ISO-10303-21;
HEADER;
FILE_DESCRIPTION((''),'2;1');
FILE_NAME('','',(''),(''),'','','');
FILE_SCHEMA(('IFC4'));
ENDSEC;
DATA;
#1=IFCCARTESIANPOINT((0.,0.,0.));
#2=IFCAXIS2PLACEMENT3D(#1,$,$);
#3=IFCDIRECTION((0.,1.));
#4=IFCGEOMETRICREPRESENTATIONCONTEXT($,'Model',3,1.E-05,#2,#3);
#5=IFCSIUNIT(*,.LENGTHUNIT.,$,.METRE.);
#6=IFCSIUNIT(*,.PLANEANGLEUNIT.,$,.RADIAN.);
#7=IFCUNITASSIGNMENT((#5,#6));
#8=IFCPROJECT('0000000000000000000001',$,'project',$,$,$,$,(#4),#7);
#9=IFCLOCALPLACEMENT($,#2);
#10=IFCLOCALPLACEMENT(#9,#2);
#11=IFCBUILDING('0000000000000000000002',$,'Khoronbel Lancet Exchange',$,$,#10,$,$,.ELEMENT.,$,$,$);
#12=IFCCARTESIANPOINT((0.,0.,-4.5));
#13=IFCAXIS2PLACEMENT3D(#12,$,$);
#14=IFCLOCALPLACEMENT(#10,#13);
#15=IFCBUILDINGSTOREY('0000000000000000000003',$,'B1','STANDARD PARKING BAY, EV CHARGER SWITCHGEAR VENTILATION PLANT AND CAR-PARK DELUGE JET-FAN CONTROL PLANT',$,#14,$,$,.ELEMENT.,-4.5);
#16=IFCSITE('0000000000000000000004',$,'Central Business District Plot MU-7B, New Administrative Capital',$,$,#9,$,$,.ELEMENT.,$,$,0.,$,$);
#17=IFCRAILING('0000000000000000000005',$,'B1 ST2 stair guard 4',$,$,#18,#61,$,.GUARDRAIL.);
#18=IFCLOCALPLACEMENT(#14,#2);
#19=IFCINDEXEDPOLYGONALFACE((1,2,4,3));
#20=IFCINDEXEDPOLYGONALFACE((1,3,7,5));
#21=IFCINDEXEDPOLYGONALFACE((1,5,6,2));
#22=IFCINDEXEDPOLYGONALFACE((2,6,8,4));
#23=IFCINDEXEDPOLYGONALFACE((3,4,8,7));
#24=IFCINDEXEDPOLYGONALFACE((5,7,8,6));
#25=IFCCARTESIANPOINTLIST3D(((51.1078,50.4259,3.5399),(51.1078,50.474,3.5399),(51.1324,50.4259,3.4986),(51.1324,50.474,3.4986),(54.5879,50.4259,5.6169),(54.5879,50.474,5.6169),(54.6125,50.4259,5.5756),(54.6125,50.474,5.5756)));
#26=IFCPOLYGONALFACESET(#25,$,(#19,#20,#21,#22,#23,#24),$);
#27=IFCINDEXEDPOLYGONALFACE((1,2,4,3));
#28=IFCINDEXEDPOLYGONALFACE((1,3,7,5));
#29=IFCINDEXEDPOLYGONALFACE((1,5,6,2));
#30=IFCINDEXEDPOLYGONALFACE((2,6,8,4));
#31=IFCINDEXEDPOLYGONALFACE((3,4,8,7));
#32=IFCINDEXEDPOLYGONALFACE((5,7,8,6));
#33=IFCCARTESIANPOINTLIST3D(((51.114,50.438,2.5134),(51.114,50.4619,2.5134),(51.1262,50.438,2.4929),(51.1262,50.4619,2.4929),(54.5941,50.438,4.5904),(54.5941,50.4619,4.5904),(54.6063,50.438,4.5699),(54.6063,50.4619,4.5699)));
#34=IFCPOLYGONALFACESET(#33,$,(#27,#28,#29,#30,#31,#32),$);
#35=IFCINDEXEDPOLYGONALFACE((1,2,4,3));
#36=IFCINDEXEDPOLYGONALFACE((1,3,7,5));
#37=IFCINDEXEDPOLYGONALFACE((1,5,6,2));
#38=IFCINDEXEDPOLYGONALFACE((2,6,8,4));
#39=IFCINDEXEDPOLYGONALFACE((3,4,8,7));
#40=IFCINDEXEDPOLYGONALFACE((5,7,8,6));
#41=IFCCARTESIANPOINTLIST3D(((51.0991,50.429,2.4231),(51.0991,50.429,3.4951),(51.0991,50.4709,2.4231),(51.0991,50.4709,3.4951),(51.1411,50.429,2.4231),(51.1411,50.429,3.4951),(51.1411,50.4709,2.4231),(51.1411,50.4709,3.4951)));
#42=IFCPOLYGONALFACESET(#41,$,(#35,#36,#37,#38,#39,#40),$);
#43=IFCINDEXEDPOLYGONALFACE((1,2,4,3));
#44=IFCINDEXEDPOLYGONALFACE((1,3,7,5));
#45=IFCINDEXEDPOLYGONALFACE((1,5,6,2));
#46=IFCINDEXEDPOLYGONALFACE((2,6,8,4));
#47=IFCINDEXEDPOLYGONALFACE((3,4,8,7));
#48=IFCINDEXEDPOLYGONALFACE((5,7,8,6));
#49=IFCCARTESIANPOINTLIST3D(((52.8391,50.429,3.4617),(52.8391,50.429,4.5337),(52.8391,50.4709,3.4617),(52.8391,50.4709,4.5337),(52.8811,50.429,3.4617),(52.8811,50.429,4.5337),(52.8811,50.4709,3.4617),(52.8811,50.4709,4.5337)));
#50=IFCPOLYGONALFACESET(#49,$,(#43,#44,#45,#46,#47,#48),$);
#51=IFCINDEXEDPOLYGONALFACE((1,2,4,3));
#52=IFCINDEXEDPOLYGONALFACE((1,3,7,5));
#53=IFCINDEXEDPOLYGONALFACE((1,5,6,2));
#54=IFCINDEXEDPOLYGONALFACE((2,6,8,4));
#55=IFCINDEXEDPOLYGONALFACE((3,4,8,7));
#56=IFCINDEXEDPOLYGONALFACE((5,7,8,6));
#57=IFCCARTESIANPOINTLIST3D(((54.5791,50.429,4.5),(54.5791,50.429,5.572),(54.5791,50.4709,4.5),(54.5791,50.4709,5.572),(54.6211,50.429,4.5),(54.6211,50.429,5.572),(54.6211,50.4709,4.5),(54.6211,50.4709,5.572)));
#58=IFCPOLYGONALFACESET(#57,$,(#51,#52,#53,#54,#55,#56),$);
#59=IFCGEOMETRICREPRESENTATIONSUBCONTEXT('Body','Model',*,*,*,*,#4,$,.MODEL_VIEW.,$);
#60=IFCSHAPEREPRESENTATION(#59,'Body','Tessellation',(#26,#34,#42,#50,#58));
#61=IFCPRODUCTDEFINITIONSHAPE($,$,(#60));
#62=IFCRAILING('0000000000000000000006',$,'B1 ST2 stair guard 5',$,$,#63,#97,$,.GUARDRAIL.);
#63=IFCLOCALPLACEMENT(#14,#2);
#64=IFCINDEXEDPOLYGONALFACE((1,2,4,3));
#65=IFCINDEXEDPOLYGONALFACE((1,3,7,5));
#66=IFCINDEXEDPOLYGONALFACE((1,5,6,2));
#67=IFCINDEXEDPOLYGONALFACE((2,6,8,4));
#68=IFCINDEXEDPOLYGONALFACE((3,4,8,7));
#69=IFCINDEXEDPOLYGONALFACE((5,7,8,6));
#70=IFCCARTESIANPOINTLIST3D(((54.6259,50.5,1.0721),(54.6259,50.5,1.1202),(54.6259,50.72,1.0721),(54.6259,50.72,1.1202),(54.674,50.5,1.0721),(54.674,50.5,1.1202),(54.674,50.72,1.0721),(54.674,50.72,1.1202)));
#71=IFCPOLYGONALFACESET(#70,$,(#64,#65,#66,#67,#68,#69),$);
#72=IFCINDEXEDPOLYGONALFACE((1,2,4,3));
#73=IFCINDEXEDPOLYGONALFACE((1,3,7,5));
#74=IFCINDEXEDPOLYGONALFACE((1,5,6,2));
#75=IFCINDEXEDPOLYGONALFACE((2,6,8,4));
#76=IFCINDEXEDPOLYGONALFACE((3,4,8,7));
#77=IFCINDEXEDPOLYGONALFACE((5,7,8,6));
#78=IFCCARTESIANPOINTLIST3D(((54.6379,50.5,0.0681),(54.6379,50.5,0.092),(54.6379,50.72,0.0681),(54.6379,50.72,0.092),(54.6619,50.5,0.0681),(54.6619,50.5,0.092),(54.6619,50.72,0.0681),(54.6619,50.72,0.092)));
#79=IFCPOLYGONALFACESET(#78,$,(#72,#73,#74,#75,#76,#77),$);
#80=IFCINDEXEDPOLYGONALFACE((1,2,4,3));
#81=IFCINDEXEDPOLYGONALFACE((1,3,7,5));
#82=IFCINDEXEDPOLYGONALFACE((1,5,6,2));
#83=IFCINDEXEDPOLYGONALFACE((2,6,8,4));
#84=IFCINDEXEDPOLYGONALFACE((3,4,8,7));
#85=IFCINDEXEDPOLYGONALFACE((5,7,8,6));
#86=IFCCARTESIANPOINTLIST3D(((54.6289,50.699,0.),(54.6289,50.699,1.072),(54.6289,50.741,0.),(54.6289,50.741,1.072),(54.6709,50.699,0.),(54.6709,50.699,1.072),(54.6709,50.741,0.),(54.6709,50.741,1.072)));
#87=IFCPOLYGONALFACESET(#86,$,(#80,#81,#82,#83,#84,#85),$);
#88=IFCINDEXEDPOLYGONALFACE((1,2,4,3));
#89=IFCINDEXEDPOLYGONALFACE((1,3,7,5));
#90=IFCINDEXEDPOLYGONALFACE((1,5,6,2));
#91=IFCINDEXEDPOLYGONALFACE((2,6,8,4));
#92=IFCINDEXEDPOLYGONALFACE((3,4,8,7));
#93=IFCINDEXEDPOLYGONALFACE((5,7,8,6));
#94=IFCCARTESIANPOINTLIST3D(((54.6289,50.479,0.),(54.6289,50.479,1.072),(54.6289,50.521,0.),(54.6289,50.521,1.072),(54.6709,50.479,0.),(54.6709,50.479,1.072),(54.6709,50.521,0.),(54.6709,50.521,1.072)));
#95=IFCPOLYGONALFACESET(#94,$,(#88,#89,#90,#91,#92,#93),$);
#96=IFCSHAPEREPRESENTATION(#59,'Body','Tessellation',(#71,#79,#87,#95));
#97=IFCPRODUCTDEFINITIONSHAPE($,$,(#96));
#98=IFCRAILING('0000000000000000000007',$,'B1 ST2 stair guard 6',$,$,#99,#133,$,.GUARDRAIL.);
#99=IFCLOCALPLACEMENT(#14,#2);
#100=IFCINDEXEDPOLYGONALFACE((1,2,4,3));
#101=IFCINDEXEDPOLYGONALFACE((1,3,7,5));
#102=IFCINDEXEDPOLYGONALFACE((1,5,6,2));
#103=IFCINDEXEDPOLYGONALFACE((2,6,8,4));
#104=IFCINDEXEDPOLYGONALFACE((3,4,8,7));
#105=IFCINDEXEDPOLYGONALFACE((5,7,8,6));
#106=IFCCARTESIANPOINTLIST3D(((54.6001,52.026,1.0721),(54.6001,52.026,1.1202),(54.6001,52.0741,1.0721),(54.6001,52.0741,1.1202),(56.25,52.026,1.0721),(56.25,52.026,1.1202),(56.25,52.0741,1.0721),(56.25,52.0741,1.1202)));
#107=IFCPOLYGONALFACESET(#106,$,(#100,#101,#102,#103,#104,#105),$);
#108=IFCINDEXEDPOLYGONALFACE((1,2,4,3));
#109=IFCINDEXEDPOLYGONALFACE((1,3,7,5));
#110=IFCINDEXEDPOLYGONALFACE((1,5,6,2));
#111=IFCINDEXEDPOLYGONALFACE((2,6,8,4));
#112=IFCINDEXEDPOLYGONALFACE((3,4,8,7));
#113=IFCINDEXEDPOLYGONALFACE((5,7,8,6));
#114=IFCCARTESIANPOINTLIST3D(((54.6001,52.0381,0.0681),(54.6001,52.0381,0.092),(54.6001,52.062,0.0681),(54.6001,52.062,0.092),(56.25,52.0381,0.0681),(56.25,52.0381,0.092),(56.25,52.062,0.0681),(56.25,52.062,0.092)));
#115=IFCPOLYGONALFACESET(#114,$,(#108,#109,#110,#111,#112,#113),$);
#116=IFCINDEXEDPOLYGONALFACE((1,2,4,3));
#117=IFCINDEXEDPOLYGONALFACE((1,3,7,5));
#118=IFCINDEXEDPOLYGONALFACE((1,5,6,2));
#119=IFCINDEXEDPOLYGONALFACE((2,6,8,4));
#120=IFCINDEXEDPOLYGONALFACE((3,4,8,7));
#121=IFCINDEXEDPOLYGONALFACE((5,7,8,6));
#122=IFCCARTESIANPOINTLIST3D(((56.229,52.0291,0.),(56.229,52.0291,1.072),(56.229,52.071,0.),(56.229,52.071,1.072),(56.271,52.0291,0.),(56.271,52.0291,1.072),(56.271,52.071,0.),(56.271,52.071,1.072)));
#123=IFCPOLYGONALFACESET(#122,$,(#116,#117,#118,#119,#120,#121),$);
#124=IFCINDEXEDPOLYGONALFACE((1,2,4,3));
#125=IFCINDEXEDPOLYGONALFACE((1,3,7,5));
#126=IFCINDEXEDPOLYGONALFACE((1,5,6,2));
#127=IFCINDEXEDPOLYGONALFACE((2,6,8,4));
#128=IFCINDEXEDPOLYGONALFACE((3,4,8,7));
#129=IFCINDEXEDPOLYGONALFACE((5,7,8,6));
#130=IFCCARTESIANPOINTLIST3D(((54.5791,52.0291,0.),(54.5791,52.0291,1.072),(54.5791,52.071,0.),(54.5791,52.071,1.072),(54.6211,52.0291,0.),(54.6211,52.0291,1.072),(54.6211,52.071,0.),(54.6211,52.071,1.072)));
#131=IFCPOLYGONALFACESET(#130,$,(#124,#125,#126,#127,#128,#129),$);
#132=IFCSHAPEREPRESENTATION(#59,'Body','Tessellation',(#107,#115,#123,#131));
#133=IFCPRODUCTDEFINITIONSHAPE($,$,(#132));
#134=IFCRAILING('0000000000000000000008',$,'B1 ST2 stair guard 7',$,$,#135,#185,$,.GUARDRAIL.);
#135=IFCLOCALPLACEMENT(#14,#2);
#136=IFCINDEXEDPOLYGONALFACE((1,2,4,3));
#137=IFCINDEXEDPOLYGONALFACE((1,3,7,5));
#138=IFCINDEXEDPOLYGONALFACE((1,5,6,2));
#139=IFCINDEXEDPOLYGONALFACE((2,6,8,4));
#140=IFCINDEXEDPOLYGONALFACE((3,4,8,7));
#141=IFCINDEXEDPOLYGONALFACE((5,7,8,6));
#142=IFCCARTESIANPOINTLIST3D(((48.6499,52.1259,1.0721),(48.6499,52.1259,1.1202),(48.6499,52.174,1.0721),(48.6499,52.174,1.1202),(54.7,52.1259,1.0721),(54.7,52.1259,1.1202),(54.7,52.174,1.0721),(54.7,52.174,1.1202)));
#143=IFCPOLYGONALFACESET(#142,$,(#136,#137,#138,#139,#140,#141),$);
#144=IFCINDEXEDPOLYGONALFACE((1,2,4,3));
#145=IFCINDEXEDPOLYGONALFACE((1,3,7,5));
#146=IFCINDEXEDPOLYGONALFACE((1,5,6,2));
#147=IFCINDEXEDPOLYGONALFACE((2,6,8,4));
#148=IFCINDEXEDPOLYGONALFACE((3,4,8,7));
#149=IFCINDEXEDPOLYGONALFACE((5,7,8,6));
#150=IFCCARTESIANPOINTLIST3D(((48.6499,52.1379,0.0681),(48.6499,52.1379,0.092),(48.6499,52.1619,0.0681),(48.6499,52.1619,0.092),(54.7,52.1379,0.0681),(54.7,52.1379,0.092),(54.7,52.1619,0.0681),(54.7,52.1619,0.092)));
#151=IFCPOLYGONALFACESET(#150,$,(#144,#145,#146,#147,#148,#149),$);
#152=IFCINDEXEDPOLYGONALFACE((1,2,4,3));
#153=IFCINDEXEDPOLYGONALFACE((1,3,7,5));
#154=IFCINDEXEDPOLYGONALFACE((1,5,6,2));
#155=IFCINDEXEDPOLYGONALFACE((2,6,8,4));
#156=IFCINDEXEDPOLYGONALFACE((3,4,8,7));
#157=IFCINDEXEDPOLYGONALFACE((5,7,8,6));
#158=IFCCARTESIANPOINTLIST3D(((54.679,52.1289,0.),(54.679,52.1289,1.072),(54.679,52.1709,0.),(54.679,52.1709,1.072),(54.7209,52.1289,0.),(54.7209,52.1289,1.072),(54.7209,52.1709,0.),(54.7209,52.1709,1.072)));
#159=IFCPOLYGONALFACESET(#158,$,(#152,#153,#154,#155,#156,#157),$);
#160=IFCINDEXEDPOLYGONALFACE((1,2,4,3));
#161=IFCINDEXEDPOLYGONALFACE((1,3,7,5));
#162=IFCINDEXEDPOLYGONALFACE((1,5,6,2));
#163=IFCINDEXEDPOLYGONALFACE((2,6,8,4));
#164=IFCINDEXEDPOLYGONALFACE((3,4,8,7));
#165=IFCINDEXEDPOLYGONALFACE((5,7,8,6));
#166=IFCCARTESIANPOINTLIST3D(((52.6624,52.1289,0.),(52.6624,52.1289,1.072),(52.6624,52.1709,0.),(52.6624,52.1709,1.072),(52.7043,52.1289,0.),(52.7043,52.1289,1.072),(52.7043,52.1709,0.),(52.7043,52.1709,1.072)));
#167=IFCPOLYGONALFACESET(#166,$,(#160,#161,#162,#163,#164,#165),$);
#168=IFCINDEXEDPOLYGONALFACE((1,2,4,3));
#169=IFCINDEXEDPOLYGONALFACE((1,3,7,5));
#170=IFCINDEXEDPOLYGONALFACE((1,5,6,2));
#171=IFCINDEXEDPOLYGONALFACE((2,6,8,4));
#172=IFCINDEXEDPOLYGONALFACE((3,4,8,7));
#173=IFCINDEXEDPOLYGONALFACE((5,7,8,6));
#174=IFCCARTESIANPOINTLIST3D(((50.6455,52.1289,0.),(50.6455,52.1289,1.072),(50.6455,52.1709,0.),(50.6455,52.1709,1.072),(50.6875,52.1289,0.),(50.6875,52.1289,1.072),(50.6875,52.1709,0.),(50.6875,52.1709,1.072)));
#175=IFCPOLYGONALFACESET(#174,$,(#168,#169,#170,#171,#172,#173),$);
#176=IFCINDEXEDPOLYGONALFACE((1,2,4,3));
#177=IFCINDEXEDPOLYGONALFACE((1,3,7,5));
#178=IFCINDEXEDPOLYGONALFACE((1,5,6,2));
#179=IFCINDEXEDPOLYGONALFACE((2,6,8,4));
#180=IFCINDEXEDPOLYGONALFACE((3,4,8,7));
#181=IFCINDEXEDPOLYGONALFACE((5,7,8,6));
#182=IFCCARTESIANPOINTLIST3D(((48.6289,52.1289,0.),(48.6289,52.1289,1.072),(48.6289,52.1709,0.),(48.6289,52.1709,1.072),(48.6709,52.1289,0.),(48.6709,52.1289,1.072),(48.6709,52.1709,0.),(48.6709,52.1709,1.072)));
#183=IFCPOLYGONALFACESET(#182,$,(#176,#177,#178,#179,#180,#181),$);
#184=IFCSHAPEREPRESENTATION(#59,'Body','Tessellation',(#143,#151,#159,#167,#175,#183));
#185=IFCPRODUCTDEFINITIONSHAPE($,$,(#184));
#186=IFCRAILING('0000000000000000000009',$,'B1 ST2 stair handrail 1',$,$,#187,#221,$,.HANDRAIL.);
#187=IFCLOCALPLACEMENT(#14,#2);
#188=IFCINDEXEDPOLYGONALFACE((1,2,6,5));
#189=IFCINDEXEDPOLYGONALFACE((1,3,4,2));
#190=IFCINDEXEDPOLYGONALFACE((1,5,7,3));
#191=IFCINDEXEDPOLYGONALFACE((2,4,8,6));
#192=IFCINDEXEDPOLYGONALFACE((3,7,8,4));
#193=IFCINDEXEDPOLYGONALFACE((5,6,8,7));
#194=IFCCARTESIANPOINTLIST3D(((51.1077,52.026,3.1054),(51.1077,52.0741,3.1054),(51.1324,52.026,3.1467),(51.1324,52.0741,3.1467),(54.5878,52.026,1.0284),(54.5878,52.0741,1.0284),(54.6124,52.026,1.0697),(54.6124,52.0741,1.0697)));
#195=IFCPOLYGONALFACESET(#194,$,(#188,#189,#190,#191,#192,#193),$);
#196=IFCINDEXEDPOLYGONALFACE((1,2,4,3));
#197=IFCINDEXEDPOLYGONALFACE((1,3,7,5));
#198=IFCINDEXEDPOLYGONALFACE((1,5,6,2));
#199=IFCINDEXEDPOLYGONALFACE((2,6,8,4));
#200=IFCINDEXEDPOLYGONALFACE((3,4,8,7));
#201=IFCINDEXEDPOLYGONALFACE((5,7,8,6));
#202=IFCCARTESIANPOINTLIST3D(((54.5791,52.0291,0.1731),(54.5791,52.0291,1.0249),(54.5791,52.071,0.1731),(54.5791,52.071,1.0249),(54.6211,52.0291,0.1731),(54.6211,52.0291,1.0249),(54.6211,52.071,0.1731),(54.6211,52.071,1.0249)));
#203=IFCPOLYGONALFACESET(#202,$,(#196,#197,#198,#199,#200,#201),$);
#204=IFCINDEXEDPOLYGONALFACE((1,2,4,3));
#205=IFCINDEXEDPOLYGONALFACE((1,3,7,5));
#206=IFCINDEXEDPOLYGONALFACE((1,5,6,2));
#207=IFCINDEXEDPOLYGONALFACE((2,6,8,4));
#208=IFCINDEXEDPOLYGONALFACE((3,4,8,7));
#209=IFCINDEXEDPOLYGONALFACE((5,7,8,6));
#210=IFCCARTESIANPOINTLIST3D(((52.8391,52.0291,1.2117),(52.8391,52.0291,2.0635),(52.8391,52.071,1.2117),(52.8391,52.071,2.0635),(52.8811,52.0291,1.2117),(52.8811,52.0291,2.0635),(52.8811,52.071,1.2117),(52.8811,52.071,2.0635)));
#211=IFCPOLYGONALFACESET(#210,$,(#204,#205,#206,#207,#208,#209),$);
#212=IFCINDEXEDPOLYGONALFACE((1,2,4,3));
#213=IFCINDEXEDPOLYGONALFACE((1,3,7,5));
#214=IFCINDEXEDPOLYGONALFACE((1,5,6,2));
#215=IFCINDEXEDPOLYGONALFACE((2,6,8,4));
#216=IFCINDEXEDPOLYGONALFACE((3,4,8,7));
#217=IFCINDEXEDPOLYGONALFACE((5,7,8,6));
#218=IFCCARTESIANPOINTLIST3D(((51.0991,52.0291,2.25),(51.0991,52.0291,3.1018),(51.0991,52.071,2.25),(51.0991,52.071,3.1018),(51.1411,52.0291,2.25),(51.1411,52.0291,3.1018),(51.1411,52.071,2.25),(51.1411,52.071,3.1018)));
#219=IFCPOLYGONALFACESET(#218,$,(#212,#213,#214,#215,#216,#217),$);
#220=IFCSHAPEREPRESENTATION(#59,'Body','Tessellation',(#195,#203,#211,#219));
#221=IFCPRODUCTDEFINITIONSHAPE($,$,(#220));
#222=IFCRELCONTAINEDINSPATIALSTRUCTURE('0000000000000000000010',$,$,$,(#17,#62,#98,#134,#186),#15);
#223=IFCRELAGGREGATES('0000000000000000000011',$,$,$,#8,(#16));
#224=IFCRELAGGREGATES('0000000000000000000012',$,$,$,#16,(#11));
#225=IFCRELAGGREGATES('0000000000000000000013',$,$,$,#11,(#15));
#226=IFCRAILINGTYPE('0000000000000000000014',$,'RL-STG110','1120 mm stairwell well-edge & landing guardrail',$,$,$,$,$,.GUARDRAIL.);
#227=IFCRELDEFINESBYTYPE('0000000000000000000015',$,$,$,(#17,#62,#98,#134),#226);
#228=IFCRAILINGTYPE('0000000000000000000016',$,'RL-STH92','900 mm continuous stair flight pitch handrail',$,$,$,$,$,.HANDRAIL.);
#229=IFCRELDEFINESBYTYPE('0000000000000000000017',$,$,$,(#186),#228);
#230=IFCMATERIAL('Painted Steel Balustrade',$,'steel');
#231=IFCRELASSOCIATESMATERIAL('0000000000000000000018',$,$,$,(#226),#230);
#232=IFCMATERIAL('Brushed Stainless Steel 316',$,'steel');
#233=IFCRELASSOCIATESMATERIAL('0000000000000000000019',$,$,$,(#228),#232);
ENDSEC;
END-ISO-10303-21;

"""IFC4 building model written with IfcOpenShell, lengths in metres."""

from ifc_helpers import new_model, si_unit, direction, frame, origin, origin_2d, place, context, subcontext, project, spatial, rectangle, extrude, material, type_object, element, save


model = new_model("IFC4")

# Units and contexts
model_context = context("Model", 3, precision=1e-05, world=origin(), true_north=direction((0.0, 1.0)))
body_context = subcontext(model_context, "Body", "Model", "MODEL_VIEW")
ifc_project = project(units=[si_unit("LENGTHUNIT", "METRE"), si_unit("PLANEANGLEUNIT", "RADIAN")], contexts=[model_context])

# Site, building, storey
site_placement = place(None, origin())
site = spatial("IfcSite", under=ifc_project, at=site_placement, Name="Central Business District Plot MU-7B, New Administrative Capital", CompositionType="ELEMENT", RefElevation=0.0)
building_placement = place(site_placement, origin())
building = spatial("IfcBuilding", under=site, at=building_placement, Name="Khoronbel Lancet Exchange", CompositionType="ELEMENT")
storey_placement = place(building_placement, frame((0.0, 0.0, -4.5)))
storey = spatial("IfcBuildingStorey", under=building, at=storey_placement, Name="B1", Description="STANDARD PARKING BAY, EV CHARGER SWITCHGEAR VENTILATION PLANT AND CAR-PARK DELUGE JET-FAN CONTROL PLANT", CompositionType="ELEMENT", Elevation=-4.5)

# Railings
ifc_material_1 = material(Name="Painted Steel Balustrade", Category="steel")
railing_type_1 = type_object("IfcRailingType", Name="RL-STG110", Description="1120 mm stairwell well-edge & landing guardrail", PredefinedType="GUARDRAIL", material=ifc_material_1)
railing_1_placement = place(storey_placement, frame((51.1201, 50.45, 2.4231)))
element("IfcRailing", 1, at=railing_1_placement, inside=storey, type_object=railing_type_1, Name="B1 ST2 stair guard 4", PredefinedType="GUARDRAIL", context=body_context, shape_type="SweptSolid", body=[
    extrude(rectangle(XDim=0.0481, YDim=0.0481, at=origin_2d()), frame((0.0, 0.0, 1.0962), z_axis=(0.858697, 0.0, 0.512483), x_axis=(0.0, 1.0, 0.0)), (0.0, 0.0, 1.0), 4.0527),
    extrude(rectangle(XDim=0.0239, YDim=0.0239, at=origin_2d()), frame((0.0, 0.0, 0.0801), z_axis=(0.858697, 0.0, 0.512483), x_axis=(0.0, 1.0, 0.0)), (0.0, 0.0, 1.0), 4.0527),
    extrude(rectangle(XDim=0.042, YDim=0.042, at=origin_2d()), origin(), (0.0, 0.0, 1.0), 1.072),
    extrude(rectangle(XDim=0.042, YDim=0.042, at=origin_2d()), frame((1.74, 0.0, 1.0386)), (0.0, 0.0, 1.0), 1.072),
    extrude(rectangle(XDim=0.042, YDim=0.042, at=origin_2d()), frame((3.48, 0.0, 2.0769)), (0.0, 0.0, 1.0), 1.072),
])
railing_2_placement = place(storey_placement, frame((54.6499, 50.72, 0.0)))
element("IfcRailing", 2, at=railing_2_placement, inside=storey, type_object=railing_type_1, Name="B1 ST2 stair guard 5", PredefinedType="GUARDRAIL", context=body_context, shape_type="SweptSolid", body=[
    extrude(rectangle(XDim=0.0481, YDim=0.0481, at=origin_2d()), frame((0.0, 0.0, 1.0962), z_axis=(0.0, -1.0, 0.0), x_axis=(1.0, 0.0, 0.0)), (0.0, 0.0, 1.0), 0.22),
    extrude(rectangle(XDim=0.0239, YDim=0.0239, at=origin_2d()), frame((0.0, 0.0, 0.0801), z_axis=(0.0, -1.0, 0.0), x_axis=(1.0, 0.0, 0.0)), (0.0, 0.0, 1.0), 0.22),
    extrude(rectangle(XDim=0.042, YDim=0.042, at=origin_2d()), origin(), (0.0, 0.0, 1.0), 1.072),
    extrude(rectangle(XDim=0.042, YDim=0.042, at=origin_2d()), frame((0.0, -0.22, 0.0)), (0.0, 0.0, 1.0), 1.072),
])
railing_3_placement = place(storey_placement, frame((56.25, 52.05, 0.0)))
element("IfcRailing", 3, at=railing_3_placement, inside=storey, type_object=railing_type_1, Name="B1 ST2 stair guard 6", PredefinedType="GUARDRAIL", context=body_context, shape_type="SweptSolid", body=[
    extrude(rectangle(XDim=0.0481, YDim=0.0481, at=origin_2d()), frame((0.0, 0.0, 1.0962), z_axis=(-1.0, 0.0, 0.0), x_axis=(0.0, -1.0, 0.0)), (0.0, 0.0, 1.0), 1.6499),
    extrude(rectangle(XDim=0.0239, YDim=0.0239, at=origin_2d()), frame((0.0, 0.0, 0.0801), z_axis=(-1.0, 0.0, 0.0), x_axis=(0.0, -1.0, 0.0)), (0.0, 0.0, 1.0), 1.6499),
    extrude(rectangle(XDim=0.042, YDim=0.042, at=origin_2d()), origin(), (0.0, 0.0, 1.0), 1.072),
    extrude(rectangle(XDim=0.042, YDim=0.042, at=origin_2d()), frame((-1.6499, 0.0, 0.0)), (0.0, 0.0, 1.0), 1.072),
])
railing_4_placement = place(storey_placement, frame((54.7, 52.1499, 0.0)))
element("IfcRailing", 4, at=railing_4_placement, inside=storey, type_object=railing_type_1, Name="B1 ST2 stair guard 7", PredefinedType="GUARDRAIL", context=body_context, shape_type="SweptSolid", body=[
    extrude(rectangle(XDim=0.0481, YDim=0.0481, at=origin_2d()), frame((0.0, 0.0, 1.0962), z_axis=(-1.0, 0.0, 0.0), x_axis=(0.0, -1.0, 0.0)), (0.0, 0.0, 1.0), 6.05),
    extrude(rectangle(XDim=0.0239, YDim=0.0239, at=origin_2d()), frame((0.0, 0.0, 0.0801), z_axis=(-1.0, 0.0, 0.0), x_axis=(0.0, -1.0, 0.0)), (0.0, 0.0, 1.0), 6.05),
    extrude(rectangle(XDim=0.042, YDim=0.042, at=origin_2d()), origin(), (0.0, 0.0, 1.0), 1.072),
    extrude(rectangle(XDim=0.042, YDim=0.042, at=origin_2d()), frame((-2.0166, 0.0, 0.0)), (0.0, 0.0, 1.0), 1.072),
    extrude(rectangle(XDim=0.042, YDim=0.042, at=origin_2d()), frame((-4.0334, 0.0, 0.0)), (0.0, 0.0, 1.0), 1.072),
    extrude(rectangle(XDim=0.042, YDim=0.042, at=origin_2d()), frame((-6.05, 0.0, 0.0)), (0.0, 0.0, 1.0), 1.072),
])
ifc_material_2 = material(Name="Brushed Stainless Steel 316", Category="steel")
railing_type_2 = type_object("IfcRailingType", Name="RL-STH92", Description="900 mm continuous stair flight pitch handrail", PredefinedType="HANDRAIL", material=ifc_material_2)
railing_5_placement = place(storey_placement, frame((54.6001, 52.05, 0.1731)))
element("IfcRailing", 5, at=railing_5_placement, inside=storey, type_object=railing_type_2, Name="B1 ST2 stair handrail 1", PredefinedType="HANDRAIL", context=body_context, shape_type="SweptSolid", body=[
    extrude(rectangle(XDim=0.0481, YDim=0.0481, at=origin_2d()), frame((0.0, 0.0, 0.876), z_axis=(-0.858697, 0.0, 0.512483), x_axis=(0.0, -1.0, 0.0)), (0.0, 0.0, 1.0), 4.0527),
    extrude(rectangle(XDim=0.042, YDim=0.042, at=origin_2d()), origin(), (0.0, 0.0, 1.0), 0.8518),
    extrude(rectangle(XDim=0.042, YDim=0.042, at=origin_2d()), frame((-1.74, 0.0, 1.0386)), (0.0, 0.0, 1.0), 0.8518),
    extrude(rectangle(XDim=0.042, YDim=0.042, at=origin_2d()), frame((-3.48, 0.0, 2.0769)), (0.0, 0.0, 1.0), 0.8518),
])

save(model, "model.ifc")
